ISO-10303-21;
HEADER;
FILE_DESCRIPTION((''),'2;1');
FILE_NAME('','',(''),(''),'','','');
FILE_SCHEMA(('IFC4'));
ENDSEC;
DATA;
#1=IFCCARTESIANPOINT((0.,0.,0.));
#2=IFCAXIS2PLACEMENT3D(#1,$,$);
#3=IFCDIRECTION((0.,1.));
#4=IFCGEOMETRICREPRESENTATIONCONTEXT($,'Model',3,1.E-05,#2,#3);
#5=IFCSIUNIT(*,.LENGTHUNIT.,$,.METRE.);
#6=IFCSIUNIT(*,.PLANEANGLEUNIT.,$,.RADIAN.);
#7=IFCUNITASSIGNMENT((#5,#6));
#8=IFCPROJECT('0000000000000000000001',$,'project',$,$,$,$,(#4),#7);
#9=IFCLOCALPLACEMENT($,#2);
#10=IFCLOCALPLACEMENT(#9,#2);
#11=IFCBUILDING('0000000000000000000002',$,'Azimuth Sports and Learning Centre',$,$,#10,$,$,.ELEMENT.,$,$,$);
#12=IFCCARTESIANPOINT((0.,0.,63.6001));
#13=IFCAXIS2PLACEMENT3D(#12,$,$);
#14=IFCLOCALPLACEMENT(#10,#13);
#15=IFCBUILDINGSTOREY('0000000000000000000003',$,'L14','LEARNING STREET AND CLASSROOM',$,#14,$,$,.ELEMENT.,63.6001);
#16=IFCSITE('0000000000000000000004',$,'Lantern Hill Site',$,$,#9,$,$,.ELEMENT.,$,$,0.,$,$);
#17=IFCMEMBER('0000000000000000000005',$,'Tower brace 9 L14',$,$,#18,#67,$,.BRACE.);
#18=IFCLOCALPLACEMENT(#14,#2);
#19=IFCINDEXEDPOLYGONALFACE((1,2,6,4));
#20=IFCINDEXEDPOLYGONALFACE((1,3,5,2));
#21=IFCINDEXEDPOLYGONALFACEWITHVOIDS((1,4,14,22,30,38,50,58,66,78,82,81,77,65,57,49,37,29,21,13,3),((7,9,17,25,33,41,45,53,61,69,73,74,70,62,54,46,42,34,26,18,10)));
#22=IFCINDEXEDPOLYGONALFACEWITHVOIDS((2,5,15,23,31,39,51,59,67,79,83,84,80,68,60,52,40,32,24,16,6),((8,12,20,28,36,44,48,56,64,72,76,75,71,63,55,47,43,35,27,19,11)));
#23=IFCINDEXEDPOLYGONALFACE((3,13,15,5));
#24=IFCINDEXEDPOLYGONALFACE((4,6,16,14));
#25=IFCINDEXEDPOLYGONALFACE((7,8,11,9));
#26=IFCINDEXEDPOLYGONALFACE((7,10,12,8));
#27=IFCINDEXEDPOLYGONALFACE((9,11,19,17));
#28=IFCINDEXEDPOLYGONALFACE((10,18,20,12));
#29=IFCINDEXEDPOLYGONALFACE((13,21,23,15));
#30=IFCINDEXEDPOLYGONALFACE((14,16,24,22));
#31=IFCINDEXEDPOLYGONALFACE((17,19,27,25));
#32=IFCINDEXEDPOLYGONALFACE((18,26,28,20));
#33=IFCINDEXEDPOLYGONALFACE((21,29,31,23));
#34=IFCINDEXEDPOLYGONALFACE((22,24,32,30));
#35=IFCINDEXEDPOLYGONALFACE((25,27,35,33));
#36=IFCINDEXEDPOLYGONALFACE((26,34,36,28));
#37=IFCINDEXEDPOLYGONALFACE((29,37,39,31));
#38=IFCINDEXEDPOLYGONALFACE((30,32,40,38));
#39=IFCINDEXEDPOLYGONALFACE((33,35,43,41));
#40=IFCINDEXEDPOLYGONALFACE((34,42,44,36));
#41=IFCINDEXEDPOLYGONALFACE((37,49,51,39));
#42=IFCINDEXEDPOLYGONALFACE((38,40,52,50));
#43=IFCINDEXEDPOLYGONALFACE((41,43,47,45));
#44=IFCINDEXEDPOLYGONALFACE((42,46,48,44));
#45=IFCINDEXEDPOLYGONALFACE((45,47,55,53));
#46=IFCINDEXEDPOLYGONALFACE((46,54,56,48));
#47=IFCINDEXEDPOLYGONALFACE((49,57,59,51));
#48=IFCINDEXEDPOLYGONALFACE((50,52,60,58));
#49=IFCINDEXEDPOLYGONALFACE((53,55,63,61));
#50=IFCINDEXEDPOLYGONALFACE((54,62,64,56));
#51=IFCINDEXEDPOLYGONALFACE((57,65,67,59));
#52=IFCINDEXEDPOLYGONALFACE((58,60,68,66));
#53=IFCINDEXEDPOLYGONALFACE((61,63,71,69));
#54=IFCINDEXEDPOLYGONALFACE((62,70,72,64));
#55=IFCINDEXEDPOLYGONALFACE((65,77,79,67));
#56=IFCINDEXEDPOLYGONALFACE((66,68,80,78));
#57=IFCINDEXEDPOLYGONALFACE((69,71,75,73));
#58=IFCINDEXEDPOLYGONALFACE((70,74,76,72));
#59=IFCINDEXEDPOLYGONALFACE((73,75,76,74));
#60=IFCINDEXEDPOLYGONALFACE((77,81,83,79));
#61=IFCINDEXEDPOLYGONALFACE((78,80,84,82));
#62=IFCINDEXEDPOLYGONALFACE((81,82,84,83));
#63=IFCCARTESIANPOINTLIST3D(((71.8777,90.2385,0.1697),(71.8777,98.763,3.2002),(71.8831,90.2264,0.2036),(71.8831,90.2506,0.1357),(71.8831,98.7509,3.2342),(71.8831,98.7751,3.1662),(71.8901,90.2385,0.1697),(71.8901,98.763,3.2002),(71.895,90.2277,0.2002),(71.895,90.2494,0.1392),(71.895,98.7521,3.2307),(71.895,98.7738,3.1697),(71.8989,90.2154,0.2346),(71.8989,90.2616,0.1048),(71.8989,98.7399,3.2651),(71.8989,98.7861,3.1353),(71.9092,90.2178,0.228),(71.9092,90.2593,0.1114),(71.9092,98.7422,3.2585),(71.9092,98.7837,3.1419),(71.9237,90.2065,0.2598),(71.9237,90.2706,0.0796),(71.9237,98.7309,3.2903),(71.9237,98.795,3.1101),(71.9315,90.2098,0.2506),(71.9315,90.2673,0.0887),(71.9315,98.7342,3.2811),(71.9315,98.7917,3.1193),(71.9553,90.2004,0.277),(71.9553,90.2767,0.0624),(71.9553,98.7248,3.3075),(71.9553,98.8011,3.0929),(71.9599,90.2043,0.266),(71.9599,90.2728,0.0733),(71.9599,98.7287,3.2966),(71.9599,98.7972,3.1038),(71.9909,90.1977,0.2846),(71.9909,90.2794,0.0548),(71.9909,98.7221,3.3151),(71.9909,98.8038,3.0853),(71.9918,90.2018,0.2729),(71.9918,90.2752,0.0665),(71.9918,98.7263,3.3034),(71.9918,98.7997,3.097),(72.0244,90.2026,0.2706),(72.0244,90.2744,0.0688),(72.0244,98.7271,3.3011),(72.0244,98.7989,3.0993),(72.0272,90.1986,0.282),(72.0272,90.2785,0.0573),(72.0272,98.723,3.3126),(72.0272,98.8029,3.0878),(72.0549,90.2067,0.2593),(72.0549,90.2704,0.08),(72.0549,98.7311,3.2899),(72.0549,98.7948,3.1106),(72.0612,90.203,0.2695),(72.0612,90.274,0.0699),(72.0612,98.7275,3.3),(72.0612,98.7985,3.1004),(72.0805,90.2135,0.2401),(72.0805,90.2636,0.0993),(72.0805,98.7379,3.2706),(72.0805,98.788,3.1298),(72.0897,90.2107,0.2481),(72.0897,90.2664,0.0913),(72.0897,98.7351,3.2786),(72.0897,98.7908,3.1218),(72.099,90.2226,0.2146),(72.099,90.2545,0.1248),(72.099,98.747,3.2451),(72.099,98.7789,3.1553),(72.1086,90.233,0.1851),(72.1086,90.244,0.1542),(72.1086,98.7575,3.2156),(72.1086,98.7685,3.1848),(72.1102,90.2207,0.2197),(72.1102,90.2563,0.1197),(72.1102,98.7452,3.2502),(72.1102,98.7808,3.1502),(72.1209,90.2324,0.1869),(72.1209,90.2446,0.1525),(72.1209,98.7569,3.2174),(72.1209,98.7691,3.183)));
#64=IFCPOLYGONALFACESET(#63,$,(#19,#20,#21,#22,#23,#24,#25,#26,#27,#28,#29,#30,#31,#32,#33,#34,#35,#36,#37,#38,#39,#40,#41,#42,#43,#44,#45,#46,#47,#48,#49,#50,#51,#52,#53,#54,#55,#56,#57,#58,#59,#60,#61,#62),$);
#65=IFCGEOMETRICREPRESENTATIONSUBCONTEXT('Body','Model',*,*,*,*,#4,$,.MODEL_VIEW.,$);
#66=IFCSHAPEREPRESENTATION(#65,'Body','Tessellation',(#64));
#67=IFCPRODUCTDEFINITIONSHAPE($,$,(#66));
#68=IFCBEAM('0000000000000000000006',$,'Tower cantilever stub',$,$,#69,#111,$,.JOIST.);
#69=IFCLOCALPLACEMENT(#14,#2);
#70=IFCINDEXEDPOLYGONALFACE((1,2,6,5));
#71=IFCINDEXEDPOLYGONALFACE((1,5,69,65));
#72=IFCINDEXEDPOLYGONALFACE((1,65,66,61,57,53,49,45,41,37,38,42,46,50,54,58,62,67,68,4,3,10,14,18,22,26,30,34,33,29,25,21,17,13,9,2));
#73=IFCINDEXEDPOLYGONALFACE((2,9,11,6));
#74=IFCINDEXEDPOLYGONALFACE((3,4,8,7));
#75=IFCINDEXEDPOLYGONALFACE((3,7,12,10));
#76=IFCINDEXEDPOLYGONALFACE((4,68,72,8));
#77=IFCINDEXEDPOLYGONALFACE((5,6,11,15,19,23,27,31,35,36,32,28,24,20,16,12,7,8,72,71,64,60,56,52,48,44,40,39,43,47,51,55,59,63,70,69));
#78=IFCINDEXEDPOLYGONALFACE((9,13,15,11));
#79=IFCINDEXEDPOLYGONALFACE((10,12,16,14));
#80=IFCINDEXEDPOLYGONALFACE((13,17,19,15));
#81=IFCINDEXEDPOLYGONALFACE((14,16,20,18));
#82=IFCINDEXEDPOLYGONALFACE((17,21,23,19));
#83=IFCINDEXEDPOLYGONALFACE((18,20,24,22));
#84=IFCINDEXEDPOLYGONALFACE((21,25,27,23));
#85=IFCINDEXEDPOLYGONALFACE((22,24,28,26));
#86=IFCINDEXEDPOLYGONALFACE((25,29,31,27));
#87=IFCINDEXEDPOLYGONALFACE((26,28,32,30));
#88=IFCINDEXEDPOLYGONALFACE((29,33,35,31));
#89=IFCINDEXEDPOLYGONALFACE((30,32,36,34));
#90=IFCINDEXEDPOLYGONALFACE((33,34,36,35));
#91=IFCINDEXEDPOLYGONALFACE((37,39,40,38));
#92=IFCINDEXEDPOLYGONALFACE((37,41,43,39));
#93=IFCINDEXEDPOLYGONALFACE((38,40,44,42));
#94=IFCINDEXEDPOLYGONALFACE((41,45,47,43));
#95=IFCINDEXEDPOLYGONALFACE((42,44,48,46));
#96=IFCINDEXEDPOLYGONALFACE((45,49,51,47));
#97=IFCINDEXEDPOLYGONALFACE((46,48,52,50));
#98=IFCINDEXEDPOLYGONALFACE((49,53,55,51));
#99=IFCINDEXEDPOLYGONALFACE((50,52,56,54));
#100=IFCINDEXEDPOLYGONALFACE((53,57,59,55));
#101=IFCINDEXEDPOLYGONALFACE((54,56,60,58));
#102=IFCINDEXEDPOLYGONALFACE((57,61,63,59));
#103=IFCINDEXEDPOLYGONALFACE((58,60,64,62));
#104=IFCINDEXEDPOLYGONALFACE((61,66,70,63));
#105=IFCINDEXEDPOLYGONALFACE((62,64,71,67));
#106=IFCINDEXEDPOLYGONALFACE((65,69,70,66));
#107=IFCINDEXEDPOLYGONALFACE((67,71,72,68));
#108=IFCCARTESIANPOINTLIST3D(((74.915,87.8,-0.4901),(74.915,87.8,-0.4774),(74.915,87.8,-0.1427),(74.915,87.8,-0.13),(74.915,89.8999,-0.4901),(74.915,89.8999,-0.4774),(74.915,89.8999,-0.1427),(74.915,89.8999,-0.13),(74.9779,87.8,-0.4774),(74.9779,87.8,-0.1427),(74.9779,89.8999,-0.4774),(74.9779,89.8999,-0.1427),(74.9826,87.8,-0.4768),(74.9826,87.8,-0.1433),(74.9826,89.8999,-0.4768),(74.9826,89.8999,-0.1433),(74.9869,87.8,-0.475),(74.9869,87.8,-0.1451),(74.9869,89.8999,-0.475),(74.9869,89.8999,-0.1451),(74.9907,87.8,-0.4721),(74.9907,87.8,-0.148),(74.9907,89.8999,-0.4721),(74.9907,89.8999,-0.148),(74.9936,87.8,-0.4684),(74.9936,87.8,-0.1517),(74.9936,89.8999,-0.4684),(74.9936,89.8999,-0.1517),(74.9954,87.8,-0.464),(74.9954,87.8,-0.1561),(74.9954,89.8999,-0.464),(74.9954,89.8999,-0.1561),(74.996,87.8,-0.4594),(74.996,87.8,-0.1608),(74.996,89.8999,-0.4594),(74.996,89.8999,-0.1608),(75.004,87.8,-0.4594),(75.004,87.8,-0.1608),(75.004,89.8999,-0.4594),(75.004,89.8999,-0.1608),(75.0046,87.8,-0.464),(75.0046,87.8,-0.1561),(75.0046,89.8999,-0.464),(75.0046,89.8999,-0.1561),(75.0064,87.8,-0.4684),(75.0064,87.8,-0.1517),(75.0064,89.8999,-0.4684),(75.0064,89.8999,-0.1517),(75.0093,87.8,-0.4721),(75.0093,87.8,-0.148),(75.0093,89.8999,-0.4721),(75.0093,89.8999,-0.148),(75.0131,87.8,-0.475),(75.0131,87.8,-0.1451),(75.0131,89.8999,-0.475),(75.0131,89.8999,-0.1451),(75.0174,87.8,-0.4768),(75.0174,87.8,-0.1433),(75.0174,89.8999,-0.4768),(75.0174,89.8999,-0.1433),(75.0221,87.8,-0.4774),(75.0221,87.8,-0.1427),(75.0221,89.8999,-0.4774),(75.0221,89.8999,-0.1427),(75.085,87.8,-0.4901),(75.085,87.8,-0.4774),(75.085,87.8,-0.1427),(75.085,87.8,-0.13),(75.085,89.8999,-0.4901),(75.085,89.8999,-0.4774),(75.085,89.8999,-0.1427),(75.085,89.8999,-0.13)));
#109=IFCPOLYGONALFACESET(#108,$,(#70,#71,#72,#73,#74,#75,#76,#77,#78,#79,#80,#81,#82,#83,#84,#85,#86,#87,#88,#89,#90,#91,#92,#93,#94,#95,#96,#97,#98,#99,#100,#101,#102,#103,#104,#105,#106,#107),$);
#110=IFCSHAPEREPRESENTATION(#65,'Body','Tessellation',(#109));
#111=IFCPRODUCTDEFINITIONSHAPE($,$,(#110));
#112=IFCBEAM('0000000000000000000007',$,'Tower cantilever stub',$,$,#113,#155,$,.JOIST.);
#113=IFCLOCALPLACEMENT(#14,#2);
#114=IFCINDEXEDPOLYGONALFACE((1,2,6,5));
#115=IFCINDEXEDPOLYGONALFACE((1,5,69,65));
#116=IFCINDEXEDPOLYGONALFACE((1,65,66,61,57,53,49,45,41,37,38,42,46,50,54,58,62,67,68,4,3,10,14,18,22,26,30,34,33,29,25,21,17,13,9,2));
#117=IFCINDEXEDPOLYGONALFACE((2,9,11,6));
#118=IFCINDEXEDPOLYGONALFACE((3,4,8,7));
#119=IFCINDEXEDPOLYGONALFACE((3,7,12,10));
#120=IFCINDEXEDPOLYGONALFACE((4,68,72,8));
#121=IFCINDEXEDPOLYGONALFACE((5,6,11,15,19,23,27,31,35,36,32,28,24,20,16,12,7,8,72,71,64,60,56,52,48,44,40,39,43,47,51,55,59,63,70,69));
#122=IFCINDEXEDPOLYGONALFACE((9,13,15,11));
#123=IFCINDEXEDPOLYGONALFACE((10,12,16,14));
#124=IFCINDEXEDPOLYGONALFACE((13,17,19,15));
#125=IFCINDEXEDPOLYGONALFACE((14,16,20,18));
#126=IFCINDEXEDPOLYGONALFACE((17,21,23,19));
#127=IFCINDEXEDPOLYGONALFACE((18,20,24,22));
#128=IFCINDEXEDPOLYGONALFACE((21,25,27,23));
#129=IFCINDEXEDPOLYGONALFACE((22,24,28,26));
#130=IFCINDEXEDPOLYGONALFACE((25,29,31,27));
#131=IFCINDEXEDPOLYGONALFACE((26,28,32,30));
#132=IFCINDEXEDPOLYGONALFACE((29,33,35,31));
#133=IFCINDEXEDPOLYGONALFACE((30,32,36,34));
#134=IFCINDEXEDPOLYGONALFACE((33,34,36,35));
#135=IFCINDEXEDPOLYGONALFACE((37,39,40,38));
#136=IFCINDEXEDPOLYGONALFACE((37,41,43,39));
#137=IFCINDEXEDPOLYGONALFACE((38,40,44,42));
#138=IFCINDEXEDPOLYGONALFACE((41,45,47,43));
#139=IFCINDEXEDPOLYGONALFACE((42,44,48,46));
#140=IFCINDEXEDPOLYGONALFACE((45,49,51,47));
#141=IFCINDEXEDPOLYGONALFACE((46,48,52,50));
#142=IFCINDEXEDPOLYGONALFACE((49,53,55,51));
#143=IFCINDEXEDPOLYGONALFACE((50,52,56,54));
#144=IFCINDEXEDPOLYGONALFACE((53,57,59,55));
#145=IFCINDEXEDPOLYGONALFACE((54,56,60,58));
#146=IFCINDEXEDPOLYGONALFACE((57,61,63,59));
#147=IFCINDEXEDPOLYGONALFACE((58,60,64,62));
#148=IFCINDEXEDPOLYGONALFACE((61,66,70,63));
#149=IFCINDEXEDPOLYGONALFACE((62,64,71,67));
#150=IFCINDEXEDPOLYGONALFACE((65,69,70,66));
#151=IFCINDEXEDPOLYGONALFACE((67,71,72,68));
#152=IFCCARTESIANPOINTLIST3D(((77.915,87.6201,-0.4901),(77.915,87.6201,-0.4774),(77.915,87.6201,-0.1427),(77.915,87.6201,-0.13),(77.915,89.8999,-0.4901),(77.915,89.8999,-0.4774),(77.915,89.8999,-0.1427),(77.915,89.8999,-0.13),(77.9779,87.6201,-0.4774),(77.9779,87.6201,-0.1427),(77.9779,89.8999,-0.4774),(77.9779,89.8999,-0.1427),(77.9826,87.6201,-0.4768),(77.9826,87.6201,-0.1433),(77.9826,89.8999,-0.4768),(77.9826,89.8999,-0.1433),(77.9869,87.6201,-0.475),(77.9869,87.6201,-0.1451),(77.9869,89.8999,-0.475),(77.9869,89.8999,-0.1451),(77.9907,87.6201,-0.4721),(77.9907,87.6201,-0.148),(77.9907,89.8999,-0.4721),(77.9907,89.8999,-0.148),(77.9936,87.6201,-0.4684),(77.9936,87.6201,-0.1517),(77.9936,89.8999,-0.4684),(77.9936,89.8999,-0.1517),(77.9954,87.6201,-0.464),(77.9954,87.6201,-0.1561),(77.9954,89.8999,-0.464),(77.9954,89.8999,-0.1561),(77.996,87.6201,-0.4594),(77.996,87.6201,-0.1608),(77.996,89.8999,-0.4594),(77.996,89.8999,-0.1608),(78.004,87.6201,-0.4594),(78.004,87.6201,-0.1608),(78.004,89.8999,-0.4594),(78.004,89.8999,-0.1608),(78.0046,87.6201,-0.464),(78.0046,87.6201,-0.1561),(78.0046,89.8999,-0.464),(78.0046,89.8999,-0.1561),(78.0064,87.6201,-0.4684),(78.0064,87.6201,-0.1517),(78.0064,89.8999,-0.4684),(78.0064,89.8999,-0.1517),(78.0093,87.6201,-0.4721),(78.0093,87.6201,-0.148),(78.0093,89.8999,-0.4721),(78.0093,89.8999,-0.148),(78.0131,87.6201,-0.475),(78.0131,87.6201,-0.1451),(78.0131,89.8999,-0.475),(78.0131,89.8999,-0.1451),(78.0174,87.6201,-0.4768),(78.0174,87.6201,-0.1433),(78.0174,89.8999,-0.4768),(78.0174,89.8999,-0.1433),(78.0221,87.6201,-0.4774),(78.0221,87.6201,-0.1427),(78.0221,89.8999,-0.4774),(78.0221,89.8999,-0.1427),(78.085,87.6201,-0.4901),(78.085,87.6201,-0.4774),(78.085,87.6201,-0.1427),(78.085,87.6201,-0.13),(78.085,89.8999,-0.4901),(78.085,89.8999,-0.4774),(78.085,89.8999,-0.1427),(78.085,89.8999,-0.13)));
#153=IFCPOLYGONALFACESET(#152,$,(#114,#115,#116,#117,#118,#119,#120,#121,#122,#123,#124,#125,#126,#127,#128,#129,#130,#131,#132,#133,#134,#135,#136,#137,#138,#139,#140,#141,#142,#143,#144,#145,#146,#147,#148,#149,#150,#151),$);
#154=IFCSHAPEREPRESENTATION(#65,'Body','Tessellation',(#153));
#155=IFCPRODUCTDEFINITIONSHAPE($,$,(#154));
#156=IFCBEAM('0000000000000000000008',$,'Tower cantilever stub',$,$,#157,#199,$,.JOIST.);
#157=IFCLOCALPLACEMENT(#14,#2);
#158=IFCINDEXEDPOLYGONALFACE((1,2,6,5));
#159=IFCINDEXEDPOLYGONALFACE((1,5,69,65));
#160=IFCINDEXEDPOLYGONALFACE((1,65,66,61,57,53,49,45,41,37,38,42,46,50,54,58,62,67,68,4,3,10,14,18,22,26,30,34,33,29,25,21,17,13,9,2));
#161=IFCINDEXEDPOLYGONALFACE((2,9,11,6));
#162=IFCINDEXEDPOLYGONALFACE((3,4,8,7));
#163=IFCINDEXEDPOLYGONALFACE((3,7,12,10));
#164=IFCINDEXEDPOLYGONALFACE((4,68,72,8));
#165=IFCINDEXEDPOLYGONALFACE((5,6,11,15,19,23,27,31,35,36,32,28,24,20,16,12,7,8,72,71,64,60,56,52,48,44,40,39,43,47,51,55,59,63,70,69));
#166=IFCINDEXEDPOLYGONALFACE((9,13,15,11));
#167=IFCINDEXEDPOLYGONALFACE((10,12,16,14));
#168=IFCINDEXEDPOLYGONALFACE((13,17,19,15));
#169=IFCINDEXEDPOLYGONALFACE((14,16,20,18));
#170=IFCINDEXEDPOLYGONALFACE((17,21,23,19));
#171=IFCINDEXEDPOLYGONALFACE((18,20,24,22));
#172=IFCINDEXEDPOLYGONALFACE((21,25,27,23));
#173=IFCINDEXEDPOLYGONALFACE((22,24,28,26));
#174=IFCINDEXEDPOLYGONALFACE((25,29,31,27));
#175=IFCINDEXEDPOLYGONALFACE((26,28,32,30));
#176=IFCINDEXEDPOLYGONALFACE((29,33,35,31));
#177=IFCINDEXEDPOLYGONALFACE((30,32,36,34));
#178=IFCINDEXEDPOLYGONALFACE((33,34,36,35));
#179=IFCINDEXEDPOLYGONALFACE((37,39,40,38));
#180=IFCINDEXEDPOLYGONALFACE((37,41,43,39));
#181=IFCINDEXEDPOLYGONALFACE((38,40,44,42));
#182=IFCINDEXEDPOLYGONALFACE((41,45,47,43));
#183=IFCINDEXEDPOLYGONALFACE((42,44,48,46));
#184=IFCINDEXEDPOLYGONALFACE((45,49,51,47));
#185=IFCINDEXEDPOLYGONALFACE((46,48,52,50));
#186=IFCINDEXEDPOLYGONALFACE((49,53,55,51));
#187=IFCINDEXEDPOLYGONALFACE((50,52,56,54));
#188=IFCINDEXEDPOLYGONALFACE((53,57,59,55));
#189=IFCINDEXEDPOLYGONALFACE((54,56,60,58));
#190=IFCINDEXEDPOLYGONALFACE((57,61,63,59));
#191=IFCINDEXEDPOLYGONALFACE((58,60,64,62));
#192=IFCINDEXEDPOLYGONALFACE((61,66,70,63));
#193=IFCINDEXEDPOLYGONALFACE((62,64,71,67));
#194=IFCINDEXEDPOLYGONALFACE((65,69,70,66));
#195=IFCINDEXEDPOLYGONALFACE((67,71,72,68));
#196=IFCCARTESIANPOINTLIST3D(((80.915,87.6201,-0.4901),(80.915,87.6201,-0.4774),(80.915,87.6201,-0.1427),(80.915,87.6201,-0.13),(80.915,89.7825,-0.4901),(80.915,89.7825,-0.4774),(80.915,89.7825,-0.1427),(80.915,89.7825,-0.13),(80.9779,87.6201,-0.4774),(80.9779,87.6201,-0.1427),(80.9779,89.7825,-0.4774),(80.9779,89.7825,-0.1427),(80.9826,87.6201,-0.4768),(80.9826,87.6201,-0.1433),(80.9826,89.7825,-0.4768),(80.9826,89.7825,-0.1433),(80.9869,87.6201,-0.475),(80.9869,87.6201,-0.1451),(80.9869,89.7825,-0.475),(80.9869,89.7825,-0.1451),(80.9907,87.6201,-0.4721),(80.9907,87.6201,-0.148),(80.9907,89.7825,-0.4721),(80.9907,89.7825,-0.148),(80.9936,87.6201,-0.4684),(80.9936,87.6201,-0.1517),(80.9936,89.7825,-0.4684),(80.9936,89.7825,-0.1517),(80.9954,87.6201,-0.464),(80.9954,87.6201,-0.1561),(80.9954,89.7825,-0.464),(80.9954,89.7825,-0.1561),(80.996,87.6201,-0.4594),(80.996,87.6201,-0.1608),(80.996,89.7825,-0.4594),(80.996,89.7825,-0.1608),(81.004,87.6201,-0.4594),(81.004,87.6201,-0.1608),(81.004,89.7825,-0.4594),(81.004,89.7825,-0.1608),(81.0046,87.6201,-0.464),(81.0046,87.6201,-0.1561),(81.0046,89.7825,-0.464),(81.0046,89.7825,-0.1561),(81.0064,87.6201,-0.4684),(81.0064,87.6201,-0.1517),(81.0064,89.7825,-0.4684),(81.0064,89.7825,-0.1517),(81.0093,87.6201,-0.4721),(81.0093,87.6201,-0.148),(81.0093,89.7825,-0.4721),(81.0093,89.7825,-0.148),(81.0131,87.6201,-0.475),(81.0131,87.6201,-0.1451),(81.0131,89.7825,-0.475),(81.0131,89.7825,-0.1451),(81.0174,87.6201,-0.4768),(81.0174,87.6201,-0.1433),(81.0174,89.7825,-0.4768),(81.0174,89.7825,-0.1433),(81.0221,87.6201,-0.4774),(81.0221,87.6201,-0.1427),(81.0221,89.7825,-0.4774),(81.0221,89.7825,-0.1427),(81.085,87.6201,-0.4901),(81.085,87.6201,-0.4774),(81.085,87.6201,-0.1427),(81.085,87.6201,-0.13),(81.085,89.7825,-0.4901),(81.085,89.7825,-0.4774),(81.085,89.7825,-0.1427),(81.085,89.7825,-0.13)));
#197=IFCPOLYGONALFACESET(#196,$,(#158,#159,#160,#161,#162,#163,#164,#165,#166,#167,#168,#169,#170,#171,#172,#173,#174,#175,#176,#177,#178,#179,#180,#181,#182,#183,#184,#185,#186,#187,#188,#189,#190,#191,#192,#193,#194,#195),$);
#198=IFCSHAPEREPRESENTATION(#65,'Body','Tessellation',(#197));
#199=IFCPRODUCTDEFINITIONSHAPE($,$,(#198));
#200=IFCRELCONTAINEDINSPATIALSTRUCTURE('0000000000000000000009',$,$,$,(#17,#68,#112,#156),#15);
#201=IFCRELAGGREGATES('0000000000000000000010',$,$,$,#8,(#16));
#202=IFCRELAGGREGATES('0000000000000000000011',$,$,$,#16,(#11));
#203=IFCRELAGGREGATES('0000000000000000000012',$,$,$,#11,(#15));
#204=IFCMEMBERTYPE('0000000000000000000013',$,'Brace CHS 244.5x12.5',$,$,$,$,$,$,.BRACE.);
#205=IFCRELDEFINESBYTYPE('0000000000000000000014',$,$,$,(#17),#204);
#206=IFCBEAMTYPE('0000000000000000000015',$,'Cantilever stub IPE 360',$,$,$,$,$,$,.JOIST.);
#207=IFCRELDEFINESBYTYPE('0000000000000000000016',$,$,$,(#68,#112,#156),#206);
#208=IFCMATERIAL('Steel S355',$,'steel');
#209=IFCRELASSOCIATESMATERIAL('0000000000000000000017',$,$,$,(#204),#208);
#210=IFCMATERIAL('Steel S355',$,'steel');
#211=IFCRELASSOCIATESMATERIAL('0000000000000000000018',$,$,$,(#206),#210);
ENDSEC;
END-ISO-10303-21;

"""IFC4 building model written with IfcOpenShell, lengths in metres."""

from ifc_helpers import new_model, si_unit, direction, frame, origin, origin_2d, place, context, subcontext, project, spatial, hollow_circle, i_section, extrude, material, material_profile, profile_set, type_object, element, save


model = new_model("IFC4")

# Units and contexts
model_context = context("Model", 3, precision=1e-05, world=origin(), true_north=direction((0.0, 1.0)))
body_context = subcontext(model_context, "Body", "Model", "MODEL_VIEW")
ifc_project = project(units=[si_unit("LENGTHUNIT", "METRE"), si_unit("PLANEANGLEUNIT", "RADIAN")], contexts=[model_context])

# Site, building, storey
site_placement = place(None, origin())
site = spatial("IfcSite", under=ifc_project, at=site_placement, Name="Lantern Hill Site", CompositionType="ELEMENT", RefElevation=0.0)
building_placement = place(site_placement, origin())
building = spatial("IfcBuilding", under=site, at=building_placement, Name="Azimuth Sports and Learning Centre", CompositionType="ELEMENT")
storey_placement = place(building_placement, frame((0.0, 0.0, 63.6001)))
storey = spatial("IfcBuildingStorey", under=building, at=storey_placement, Name="L14", Description="LEARNING STREET AND CLASSROOM", CompositionType="ELEMENT", Elevation=63.6001)

# Member
ifc_material_1 = material(Name="Steel S355", Category="steel")
ifc_material_profile_1 = material_profile(ifc_material_1, hollow_circle(Radius=0.1223, WallThickness=0.0125, at=origin_2d()), Name="CHS 244.5x12.5")
ifc_profile_set_1 = profile_set([ifc_material_profile_1], Name="Steel S355")
member_type = type_object("IfcMemberType", Name="Brace CHS 244.5x12.5", PredefinedType="BRACE", material=ifc_profile_set_1)
member_placement = place(storey_placement, frame((72.0, 90.2385, 0.1697), z_axis=(0.0, 0.942228, 0.334972), x_axis=(-1.0, 0.0, 0.0)))
element("IfcMember", 1, at=member_placement, inside=storey, type_object=member_type, Name="Tower brace 9 L14", PredefinedType="BRACE", context=body_context, shape_type="SweptSolid", body=[
    extrude(hollow_circle(Radius=0.1223, WallThickness=0.0125, at=origin_2d()), origin(), (0.0, 0.0, 1.0), 9.0471),
])

# Beams
ifc_material_2 = material(Name="Steel S355", Category="steel")
ifc_material_profile_2 = material_profile(ifc_material_2, i_section(OverallWidth=0.1699, OverallDepth=0.3601, WebThickness=0.0081, FlangeThickness=0.0127, FilletRadius=0.0181, at=origin_2d()), Name="IPE 360")
ifc_profile_set_2 = profile_set([ifc_material_profile_2], Name="Steel S355")
beam_type_1 = type_object("IfcBeamType", Name="Cantilever stub IPE 360", PredefinedType="JOIST", material=ifc_profile_set_2)
beam_1_placement = place(storey_placement, frame((75.0, 89.8999, -0.3101), z_axis=(0.0, -1.0, 0.0), x_axis=(1.0, 0.0, 0.0)))
element("IfcBeam", 2, at=beam_1_placement, inside=storey, type_object=beam_type_1, Name="Tower cantilever stub", PredefinedType="JOIST", context=body_context, shape_type="SweptSolid", body=[
    extrude(i_section(OverallWidth=0.1699, OverallDepth=0.3601, WebThickness=0.0081, FlangeThickness=0.0127, FilletRadius=0.0181, at=origin_2d()), origin(), (0.0, 0.0, 1.0), 2.0999),
])
beam_2_placement = place(storey_placement, frame((78.0, 89.8999, -0.3101), z_axis=(0.0, -1.0, 0.0), x_axis=(1.0, 0.0, 0.0)))
element("IfcBeam", 3, at=beam_2_placement, inside=storey, type_object=beam_type_1, Name="Tower cantilever stub", PredefinedType="JOIST", context=body_context, shape_type="SweptSolid", body=[
    extrude(i_section(OverallWidth=0.1699, OverallDepth=0.3601, WebThickness=0.0081, FlangeThickness=0.0127, FilletRadius=0.0181, at=origin_2d()), origin(), (0.0, 0.0, 1.0), 2.2798),
])
beam_3_placement = place(storey_placement, frame((81.0, 89.7825, -0.3101), z_axis=(0.0, -1.0, 0.0), x_axis=(1.0, 0.0, 0.0)))
element("IfcBeam", 4, at=beam_3_placement, inside=storey, type_object=beam_type_1, Name="Tower cantilever stub", PredefinedType="JOIST", context=body_context, shape_type="SweptSolid", body=[
    extrude(i_section(OverallWidth=0.1699, OverallDepth=0.3601, WebThickness=0.0081, FlangeThickness=0.0127, FilletRadius=0.0181, at=origin_2d()), origin(), (0.0, 0.0, 1.0), 2.1624),
])

save(model, "model.ifc")
